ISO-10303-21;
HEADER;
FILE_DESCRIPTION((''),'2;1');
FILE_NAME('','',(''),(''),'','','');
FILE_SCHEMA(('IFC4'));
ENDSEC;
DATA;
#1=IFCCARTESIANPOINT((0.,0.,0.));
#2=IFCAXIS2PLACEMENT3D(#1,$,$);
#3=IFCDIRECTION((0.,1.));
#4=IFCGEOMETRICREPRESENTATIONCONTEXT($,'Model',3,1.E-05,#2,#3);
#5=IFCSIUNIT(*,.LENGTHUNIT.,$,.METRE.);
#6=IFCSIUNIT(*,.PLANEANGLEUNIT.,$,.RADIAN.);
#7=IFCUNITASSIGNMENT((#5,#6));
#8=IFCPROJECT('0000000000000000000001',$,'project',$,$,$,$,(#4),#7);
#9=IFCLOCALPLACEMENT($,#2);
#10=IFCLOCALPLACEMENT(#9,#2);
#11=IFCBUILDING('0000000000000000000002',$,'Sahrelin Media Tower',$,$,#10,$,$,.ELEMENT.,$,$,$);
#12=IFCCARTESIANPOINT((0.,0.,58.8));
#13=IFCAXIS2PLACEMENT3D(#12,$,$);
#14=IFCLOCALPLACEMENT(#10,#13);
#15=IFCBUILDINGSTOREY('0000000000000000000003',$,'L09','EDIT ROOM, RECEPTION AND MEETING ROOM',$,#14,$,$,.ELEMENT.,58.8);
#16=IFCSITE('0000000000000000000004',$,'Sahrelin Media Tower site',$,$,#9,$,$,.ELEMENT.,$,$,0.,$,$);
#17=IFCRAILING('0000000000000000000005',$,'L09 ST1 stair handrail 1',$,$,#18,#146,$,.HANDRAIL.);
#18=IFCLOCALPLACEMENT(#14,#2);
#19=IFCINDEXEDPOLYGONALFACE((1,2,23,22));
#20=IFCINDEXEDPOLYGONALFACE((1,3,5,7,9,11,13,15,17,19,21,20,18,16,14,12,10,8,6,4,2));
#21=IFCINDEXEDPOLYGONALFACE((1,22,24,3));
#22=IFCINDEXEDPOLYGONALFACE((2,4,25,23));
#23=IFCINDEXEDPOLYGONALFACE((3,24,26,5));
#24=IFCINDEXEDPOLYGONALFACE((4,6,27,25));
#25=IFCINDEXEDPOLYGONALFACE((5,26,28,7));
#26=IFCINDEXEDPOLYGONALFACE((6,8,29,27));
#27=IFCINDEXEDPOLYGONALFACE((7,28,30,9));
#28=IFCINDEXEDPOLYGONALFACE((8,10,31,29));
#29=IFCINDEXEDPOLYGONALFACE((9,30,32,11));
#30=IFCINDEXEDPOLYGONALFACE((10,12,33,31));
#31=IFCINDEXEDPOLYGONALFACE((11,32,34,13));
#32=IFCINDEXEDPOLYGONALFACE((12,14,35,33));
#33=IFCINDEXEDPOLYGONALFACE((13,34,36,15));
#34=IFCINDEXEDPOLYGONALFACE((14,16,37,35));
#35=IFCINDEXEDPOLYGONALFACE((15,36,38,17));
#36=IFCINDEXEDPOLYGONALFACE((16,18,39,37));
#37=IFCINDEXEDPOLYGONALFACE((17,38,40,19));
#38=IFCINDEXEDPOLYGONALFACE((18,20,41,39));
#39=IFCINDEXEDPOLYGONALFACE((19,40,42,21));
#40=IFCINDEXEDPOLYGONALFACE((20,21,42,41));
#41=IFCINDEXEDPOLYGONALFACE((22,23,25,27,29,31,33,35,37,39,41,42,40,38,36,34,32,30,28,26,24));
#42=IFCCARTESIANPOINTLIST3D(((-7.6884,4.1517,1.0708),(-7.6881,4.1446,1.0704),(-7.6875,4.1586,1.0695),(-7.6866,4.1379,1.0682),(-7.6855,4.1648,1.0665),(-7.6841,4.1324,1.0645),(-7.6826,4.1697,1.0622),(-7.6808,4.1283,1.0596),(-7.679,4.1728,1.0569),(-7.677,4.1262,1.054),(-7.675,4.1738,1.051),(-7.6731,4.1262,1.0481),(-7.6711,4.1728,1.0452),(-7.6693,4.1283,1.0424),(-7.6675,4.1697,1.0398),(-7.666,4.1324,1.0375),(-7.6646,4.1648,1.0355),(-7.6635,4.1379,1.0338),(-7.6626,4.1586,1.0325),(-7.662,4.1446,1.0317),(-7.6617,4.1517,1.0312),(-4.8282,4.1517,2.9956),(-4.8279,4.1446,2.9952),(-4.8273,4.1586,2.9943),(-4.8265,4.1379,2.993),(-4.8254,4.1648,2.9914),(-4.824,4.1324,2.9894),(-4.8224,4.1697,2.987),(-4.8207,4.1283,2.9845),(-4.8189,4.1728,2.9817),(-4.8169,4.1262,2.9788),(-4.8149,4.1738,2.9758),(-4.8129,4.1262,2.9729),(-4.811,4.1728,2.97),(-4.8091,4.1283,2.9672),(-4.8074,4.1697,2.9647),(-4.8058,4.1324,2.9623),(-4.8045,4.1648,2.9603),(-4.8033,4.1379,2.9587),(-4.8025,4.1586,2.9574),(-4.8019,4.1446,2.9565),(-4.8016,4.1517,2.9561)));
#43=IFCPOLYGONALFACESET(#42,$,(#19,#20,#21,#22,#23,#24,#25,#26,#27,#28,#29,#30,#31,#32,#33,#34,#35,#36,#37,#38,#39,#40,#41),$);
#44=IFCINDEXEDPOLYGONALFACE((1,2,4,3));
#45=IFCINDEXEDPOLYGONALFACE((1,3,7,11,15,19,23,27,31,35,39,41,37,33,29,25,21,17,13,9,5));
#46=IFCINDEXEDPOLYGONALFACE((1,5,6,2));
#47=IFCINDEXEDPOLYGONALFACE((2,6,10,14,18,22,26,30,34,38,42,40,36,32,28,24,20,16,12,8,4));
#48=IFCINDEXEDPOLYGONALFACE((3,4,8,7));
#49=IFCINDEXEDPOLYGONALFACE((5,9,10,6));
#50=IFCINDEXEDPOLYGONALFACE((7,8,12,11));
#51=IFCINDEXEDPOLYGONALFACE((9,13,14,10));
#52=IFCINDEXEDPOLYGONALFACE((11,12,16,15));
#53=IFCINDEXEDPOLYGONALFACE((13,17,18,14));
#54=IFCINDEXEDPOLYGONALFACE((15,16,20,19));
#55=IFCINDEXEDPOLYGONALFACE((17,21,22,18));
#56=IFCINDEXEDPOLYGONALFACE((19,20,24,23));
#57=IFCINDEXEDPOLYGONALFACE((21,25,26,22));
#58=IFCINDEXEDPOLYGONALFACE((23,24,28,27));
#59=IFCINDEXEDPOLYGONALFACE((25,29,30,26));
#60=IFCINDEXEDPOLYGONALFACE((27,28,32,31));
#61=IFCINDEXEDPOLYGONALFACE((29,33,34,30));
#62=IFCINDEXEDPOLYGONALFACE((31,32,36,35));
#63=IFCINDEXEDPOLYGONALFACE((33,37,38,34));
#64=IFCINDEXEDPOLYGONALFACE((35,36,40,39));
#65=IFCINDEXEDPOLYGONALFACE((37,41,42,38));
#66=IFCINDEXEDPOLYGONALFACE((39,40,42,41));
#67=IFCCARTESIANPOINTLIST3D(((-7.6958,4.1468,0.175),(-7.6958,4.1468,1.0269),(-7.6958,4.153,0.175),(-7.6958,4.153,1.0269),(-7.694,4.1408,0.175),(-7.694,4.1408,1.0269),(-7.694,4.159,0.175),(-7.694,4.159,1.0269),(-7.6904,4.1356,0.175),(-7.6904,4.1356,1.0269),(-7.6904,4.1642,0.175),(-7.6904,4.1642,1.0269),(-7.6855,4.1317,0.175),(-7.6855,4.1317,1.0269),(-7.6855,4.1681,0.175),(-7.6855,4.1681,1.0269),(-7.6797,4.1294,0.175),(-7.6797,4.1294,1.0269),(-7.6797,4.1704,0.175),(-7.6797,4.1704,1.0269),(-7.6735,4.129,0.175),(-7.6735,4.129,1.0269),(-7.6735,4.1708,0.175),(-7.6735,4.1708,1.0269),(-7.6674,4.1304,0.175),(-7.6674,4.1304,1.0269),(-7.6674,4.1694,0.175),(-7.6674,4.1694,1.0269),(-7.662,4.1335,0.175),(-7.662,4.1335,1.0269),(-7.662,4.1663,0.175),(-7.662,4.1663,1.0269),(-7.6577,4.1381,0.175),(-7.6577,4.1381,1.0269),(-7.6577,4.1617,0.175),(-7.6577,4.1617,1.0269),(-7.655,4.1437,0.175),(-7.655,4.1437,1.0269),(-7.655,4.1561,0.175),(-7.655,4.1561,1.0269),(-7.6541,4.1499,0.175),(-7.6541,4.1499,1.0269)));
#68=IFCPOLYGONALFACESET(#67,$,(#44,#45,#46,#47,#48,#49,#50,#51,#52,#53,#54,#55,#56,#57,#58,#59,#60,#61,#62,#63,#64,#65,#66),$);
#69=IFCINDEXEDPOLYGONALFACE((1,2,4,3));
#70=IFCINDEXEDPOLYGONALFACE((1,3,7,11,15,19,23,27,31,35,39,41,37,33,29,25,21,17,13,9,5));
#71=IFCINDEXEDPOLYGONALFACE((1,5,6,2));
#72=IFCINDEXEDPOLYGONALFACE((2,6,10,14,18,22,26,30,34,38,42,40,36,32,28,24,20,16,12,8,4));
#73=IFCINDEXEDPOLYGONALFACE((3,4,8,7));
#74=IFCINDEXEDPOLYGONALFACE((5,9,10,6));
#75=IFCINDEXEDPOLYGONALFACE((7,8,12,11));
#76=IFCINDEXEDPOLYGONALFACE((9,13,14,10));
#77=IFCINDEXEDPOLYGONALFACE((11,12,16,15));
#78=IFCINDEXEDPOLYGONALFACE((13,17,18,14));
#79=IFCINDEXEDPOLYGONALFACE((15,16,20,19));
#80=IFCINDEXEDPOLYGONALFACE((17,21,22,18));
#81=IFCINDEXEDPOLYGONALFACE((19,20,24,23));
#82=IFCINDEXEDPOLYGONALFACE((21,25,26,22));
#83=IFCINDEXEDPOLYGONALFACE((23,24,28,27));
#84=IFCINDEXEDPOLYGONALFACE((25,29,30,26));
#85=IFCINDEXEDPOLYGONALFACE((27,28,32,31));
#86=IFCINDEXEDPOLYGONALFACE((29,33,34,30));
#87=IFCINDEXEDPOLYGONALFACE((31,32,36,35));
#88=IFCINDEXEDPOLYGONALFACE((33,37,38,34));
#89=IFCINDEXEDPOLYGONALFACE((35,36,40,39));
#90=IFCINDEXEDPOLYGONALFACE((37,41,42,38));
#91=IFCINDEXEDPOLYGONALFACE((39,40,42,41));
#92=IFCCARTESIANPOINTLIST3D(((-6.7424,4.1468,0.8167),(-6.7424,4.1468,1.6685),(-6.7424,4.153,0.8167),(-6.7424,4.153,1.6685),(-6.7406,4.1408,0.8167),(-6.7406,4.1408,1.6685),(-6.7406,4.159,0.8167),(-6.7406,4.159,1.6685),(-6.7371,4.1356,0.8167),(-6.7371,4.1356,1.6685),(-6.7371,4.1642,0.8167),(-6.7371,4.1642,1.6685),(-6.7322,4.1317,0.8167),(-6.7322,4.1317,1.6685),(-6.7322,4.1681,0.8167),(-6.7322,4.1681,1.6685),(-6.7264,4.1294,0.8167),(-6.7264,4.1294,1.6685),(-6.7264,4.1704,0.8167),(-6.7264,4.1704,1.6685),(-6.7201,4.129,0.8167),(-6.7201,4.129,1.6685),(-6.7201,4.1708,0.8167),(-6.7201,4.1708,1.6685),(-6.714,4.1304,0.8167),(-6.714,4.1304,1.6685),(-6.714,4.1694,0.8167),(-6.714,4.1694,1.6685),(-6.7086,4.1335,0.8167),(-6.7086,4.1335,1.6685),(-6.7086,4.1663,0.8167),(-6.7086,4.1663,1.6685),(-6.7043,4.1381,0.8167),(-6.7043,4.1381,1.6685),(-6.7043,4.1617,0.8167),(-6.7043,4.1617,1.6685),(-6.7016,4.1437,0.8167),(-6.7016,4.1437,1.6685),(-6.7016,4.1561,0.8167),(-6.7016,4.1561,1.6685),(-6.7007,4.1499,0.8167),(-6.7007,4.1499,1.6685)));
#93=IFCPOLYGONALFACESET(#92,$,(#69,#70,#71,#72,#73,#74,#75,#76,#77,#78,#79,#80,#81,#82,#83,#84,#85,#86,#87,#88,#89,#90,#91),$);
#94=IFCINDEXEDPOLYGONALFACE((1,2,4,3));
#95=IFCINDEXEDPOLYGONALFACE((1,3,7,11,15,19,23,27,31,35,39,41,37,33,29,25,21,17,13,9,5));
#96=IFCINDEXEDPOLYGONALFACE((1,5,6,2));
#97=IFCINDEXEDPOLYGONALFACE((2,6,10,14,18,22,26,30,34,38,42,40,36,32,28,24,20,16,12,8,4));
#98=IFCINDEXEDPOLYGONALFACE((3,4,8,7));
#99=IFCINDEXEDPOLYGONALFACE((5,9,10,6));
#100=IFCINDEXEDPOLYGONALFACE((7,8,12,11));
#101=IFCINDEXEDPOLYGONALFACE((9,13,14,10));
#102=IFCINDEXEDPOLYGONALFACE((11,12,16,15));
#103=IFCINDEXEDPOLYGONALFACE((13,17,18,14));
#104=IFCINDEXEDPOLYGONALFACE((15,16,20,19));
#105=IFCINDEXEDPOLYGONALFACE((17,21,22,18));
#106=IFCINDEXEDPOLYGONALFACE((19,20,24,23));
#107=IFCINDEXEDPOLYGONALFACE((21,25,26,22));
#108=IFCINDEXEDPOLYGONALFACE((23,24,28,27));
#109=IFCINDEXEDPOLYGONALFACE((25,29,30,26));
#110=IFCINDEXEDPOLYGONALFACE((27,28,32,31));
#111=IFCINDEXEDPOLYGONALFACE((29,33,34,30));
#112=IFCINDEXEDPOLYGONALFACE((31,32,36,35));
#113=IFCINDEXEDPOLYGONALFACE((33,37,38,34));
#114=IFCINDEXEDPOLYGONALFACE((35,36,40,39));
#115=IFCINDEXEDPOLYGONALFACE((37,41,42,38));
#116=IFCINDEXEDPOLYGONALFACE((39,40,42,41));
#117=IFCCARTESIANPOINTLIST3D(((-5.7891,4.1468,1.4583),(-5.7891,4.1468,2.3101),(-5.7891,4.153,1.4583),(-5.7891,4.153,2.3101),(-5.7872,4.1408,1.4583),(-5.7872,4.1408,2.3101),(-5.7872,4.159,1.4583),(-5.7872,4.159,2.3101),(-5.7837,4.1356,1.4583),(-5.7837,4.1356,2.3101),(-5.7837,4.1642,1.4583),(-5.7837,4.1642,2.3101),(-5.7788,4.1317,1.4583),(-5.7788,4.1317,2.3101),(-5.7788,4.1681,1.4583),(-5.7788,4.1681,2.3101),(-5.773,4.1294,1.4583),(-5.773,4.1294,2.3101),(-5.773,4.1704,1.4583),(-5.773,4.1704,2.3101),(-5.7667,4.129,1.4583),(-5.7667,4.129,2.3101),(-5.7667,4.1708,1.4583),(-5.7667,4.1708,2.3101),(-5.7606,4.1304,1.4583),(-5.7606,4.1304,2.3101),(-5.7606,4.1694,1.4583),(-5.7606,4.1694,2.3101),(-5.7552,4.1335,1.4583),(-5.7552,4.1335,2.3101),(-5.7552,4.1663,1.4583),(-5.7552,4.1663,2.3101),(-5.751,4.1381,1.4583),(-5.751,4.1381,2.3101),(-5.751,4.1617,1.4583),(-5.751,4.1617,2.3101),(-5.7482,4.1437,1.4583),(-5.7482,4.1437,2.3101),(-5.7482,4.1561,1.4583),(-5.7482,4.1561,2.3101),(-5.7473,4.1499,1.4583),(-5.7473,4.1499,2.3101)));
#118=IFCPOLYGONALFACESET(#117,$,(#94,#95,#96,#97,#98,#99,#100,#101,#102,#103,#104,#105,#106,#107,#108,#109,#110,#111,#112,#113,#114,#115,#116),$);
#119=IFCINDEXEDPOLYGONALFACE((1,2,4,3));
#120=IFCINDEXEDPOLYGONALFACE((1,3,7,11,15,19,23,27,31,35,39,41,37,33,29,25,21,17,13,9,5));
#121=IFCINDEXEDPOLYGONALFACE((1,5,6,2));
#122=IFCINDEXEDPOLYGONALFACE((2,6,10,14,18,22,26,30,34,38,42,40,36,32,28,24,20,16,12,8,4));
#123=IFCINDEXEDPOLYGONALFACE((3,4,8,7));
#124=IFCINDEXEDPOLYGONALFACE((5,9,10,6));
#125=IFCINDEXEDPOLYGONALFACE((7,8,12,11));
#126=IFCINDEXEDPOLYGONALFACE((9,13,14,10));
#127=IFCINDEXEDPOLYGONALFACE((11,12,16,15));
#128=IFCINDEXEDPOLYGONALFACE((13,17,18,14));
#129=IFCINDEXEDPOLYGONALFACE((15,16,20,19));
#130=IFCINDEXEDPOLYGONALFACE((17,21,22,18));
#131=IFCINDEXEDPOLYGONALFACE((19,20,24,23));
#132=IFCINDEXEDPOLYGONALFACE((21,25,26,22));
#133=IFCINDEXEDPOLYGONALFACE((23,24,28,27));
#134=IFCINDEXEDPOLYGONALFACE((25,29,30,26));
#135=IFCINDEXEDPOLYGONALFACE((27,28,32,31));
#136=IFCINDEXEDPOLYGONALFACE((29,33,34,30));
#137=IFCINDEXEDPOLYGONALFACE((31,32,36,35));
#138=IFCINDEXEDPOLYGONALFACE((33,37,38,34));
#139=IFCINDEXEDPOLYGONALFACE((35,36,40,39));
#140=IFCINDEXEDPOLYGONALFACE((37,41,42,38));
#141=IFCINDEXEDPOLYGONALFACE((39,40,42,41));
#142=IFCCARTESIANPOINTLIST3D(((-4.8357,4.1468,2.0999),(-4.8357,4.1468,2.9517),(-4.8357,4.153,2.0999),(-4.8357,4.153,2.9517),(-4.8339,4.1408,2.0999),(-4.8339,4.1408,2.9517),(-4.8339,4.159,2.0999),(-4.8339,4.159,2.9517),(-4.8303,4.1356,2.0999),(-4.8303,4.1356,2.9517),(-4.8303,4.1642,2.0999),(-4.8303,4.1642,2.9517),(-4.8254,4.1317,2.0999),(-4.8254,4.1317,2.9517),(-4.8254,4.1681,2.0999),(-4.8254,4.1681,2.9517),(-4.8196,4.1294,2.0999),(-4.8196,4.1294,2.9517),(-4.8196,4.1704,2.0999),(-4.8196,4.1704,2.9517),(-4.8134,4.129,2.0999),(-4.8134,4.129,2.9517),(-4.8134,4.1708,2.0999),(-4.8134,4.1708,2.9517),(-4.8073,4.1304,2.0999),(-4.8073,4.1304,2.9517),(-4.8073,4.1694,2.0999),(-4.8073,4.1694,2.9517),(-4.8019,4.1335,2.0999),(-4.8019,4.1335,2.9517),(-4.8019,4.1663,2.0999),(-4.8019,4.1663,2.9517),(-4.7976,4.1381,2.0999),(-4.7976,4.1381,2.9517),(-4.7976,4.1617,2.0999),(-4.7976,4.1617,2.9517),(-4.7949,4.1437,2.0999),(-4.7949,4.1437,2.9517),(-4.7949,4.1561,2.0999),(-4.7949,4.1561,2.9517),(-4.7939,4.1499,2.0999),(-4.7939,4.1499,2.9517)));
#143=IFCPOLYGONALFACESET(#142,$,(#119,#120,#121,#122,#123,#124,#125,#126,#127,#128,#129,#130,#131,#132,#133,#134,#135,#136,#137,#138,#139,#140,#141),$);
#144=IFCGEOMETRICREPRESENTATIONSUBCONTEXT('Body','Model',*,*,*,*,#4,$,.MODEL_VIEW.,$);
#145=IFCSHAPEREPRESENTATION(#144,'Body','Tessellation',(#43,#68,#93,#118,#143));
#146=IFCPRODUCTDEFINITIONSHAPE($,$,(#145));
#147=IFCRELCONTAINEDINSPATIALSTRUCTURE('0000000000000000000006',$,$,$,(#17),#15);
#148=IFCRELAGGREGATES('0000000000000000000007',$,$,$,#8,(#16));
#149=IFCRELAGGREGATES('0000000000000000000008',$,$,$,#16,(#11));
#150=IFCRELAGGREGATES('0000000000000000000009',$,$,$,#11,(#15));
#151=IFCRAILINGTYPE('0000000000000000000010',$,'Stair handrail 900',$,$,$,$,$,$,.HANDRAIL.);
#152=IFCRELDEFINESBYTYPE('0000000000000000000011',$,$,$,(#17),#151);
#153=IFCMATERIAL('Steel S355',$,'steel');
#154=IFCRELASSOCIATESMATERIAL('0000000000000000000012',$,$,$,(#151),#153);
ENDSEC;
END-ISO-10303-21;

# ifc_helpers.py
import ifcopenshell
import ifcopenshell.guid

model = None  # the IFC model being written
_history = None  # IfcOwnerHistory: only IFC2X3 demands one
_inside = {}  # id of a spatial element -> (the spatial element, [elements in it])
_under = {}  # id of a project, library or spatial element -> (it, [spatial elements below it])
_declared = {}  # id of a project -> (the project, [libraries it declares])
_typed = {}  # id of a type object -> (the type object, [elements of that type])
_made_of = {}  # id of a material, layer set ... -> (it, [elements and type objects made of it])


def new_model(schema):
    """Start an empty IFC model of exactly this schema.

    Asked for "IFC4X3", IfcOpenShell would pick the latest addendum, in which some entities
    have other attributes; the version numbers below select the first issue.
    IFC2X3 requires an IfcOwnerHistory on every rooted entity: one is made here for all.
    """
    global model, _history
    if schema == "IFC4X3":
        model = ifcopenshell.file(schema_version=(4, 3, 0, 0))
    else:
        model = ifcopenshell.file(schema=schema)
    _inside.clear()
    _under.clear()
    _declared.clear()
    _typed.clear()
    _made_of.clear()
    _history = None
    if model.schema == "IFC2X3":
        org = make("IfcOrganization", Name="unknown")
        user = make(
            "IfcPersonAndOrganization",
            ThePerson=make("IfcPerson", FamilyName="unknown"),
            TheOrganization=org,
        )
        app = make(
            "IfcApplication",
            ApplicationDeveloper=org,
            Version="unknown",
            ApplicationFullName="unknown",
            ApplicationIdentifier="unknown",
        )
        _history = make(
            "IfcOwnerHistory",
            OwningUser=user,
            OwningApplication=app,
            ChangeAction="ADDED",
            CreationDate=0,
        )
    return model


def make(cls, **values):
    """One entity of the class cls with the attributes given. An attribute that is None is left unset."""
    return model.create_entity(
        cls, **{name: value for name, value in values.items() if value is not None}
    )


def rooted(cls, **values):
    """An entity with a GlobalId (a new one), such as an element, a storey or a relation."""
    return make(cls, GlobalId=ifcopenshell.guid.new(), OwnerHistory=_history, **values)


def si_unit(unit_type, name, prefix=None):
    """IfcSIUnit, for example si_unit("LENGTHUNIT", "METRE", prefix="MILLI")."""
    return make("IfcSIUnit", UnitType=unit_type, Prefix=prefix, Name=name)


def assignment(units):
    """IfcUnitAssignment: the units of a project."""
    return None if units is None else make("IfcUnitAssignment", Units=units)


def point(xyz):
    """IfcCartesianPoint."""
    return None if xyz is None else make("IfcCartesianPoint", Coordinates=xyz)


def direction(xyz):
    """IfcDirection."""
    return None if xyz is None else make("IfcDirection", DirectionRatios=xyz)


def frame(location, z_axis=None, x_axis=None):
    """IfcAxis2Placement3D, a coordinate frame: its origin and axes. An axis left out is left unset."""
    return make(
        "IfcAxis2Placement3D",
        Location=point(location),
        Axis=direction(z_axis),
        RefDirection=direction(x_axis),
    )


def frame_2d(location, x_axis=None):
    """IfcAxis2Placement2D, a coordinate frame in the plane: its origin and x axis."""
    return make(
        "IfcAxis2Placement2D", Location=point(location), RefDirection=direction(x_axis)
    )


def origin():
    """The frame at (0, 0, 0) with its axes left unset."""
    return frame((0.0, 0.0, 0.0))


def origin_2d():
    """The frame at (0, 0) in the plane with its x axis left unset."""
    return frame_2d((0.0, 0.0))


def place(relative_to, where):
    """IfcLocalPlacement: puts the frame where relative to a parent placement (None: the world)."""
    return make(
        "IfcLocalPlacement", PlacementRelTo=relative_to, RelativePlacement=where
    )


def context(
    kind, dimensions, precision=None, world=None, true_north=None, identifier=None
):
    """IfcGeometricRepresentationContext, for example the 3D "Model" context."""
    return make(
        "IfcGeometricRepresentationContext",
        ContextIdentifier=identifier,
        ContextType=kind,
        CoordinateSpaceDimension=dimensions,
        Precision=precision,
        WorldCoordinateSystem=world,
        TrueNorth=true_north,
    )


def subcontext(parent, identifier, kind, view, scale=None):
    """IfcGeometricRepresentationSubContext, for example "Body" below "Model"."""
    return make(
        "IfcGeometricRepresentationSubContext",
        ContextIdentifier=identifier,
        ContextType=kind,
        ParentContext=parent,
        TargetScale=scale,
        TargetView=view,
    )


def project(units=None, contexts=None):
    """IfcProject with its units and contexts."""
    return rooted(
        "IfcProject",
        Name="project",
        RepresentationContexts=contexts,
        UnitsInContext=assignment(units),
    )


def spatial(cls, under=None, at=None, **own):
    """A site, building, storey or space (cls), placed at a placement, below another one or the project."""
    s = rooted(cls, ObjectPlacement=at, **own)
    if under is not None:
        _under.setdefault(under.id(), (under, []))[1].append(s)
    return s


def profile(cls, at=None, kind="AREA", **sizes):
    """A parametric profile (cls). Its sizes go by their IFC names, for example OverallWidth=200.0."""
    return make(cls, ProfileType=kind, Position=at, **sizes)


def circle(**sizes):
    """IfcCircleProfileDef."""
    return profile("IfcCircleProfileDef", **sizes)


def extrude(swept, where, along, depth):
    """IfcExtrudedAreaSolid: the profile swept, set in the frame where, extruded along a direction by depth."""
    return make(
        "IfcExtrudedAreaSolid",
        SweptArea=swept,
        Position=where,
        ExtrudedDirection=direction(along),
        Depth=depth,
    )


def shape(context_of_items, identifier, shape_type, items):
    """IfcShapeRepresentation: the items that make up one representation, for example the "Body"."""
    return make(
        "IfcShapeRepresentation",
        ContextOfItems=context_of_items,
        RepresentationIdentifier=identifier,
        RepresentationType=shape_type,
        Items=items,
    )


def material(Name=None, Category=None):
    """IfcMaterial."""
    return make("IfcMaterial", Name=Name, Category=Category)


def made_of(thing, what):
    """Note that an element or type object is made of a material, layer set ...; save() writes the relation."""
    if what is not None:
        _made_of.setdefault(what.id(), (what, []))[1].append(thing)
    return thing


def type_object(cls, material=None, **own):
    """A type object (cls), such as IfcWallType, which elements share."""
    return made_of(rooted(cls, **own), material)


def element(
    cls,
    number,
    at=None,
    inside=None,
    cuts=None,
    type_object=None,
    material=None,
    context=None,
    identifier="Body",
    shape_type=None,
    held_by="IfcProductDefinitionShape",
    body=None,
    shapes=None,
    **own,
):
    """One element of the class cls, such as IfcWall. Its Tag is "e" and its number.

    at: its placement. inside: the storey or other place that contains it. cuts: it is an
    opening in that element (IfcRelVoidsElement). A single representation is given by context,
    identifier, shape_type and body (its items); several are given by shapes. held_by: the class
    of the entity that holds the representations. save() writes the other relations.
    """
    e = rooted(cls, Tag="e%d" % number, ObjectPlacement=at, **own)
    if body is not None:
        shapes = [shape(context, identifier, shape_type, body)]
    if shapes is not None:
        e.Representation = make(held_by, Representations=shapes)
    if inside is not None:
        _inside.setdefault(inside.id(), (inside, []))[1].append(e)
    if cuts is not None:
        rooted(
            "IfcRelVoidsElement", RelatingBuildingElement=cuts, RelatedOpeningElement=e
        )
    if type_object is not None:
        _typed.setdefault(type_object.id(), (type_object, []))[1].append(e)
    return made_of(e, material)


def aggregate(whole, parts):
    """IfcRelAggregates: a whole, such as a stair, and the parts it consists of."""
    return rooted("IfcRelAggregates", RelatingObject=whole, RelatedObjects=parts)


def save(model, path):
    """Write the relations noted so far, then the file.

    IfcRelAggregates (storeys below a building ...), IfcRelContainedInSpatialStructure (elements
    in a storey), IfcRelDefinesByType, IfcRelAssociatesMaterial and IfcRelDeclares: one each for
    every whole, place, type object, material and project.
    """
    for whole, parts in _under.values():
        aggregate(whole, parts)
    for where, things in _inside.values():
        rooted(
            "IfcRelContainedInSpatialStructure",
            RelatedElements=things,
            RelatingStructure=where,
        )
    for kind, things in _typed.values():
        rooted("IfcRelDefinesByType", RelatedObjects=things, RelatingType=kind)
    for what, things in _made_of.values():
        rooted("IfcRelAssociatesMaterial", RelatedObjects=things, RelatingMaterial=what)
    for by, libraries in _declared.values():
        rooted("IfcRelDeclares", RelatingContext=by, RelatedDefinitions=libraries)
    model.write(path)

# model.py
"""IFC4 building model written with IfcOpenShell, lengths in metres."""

from ifc_helpers import new_model, si_unit, direction, frame, origin, origin_2d, place, context, subcontext, project, spatial, circle, extrude, material, type_object, element, save


model = new_model("IFC4")

# Units and contexts
model_context = context("Model", 3, precision=1e-05, world=origin(), true_north=direction((0.0, 1.0)))
body_context = subcontext(model_context, "Body", "Model", "MODEL_VIEW")
ifc_project = project(units=[si_unit("LENGTHUNIT", "METRE"), si_unit("PLANEANGLEUNIT", "RADIAN")], contexts=[model_context])

# Site, building, storey
site_placement = place(None, origin())
site = spatial("IfcSite", under=ifc_project, at=site_placement, Name="Sahrelin Media Tower site", CompositionType="ELEMENT", RefElevation=0.0)
building_placement = place(site_placement, origin())
building = spatial("IfcBuilding", under=site, at=building_placement, Name="Sahrelin Media Tower", CompositionType="ELEMENT")
storey_placement = place(building_placement, frame((0.0, 0.0, 58.8)))
storey = spatial("IfcBuildingStorey", under=building, at=storey_placement, Name="L09", Description="EDIT ROOM, RECEPTION AND MEETING ROOM", CompositionType="ELEMENT", Elevation=58.8)

# Shared definitions
ifc_material_1 = material(Name="Steel S355", Category="steel")

# Railing
railing_type_1 = type_object("IfcRailingType", Name="Stair handrail 900", PredefinedType="HANDRAIL", material=ifc_material_1)
railing_1_placement = place(storey_placement, frame((-7.675, 4.1499, 0.175)))
element("IfcRailing", 1, at=railing_1_placement, inside=storey, type_object=railing_type_1, Name="L09 ST1 stair handrail 1", PredefinedType="HANDRAIL", context=body_context, shape_type="SweptSolid", body=[
    extrude(circle(Radius=0.0239, at=origin_2d()), frame((0.0, 0.0, 0.876), z_axis=(0.829624, 0.0, 0.558323), x_axis=(0.0, 1.0, 0.0)), (0.0, 0.0, 1.0), 3.4475),
    extrude(circle(Radius=0.021, at=origin_2d()), origin(), (0.0, 0.0, 1.0), 0.8518),
    extrude(circle(Radius=0.021, at=origin_2d()), frame((0.9534, 0.0, 0.6416)), (0.0, 0.0, 1.0), 0.8518),
    extrude(circle(Radius=0.021, at=origin_2d()), frame((1.9067, 0.0, 1.2832)), (0.0, 0.0, 1.0), 0.8518),
    extrude(circle(Radius=0.021, at=origin_2d()), frame((2.8601, 0.0, 1.9248)), (0.0, 0.0, 1.0), 0.8518),
])

save(model, "model.ifc")
